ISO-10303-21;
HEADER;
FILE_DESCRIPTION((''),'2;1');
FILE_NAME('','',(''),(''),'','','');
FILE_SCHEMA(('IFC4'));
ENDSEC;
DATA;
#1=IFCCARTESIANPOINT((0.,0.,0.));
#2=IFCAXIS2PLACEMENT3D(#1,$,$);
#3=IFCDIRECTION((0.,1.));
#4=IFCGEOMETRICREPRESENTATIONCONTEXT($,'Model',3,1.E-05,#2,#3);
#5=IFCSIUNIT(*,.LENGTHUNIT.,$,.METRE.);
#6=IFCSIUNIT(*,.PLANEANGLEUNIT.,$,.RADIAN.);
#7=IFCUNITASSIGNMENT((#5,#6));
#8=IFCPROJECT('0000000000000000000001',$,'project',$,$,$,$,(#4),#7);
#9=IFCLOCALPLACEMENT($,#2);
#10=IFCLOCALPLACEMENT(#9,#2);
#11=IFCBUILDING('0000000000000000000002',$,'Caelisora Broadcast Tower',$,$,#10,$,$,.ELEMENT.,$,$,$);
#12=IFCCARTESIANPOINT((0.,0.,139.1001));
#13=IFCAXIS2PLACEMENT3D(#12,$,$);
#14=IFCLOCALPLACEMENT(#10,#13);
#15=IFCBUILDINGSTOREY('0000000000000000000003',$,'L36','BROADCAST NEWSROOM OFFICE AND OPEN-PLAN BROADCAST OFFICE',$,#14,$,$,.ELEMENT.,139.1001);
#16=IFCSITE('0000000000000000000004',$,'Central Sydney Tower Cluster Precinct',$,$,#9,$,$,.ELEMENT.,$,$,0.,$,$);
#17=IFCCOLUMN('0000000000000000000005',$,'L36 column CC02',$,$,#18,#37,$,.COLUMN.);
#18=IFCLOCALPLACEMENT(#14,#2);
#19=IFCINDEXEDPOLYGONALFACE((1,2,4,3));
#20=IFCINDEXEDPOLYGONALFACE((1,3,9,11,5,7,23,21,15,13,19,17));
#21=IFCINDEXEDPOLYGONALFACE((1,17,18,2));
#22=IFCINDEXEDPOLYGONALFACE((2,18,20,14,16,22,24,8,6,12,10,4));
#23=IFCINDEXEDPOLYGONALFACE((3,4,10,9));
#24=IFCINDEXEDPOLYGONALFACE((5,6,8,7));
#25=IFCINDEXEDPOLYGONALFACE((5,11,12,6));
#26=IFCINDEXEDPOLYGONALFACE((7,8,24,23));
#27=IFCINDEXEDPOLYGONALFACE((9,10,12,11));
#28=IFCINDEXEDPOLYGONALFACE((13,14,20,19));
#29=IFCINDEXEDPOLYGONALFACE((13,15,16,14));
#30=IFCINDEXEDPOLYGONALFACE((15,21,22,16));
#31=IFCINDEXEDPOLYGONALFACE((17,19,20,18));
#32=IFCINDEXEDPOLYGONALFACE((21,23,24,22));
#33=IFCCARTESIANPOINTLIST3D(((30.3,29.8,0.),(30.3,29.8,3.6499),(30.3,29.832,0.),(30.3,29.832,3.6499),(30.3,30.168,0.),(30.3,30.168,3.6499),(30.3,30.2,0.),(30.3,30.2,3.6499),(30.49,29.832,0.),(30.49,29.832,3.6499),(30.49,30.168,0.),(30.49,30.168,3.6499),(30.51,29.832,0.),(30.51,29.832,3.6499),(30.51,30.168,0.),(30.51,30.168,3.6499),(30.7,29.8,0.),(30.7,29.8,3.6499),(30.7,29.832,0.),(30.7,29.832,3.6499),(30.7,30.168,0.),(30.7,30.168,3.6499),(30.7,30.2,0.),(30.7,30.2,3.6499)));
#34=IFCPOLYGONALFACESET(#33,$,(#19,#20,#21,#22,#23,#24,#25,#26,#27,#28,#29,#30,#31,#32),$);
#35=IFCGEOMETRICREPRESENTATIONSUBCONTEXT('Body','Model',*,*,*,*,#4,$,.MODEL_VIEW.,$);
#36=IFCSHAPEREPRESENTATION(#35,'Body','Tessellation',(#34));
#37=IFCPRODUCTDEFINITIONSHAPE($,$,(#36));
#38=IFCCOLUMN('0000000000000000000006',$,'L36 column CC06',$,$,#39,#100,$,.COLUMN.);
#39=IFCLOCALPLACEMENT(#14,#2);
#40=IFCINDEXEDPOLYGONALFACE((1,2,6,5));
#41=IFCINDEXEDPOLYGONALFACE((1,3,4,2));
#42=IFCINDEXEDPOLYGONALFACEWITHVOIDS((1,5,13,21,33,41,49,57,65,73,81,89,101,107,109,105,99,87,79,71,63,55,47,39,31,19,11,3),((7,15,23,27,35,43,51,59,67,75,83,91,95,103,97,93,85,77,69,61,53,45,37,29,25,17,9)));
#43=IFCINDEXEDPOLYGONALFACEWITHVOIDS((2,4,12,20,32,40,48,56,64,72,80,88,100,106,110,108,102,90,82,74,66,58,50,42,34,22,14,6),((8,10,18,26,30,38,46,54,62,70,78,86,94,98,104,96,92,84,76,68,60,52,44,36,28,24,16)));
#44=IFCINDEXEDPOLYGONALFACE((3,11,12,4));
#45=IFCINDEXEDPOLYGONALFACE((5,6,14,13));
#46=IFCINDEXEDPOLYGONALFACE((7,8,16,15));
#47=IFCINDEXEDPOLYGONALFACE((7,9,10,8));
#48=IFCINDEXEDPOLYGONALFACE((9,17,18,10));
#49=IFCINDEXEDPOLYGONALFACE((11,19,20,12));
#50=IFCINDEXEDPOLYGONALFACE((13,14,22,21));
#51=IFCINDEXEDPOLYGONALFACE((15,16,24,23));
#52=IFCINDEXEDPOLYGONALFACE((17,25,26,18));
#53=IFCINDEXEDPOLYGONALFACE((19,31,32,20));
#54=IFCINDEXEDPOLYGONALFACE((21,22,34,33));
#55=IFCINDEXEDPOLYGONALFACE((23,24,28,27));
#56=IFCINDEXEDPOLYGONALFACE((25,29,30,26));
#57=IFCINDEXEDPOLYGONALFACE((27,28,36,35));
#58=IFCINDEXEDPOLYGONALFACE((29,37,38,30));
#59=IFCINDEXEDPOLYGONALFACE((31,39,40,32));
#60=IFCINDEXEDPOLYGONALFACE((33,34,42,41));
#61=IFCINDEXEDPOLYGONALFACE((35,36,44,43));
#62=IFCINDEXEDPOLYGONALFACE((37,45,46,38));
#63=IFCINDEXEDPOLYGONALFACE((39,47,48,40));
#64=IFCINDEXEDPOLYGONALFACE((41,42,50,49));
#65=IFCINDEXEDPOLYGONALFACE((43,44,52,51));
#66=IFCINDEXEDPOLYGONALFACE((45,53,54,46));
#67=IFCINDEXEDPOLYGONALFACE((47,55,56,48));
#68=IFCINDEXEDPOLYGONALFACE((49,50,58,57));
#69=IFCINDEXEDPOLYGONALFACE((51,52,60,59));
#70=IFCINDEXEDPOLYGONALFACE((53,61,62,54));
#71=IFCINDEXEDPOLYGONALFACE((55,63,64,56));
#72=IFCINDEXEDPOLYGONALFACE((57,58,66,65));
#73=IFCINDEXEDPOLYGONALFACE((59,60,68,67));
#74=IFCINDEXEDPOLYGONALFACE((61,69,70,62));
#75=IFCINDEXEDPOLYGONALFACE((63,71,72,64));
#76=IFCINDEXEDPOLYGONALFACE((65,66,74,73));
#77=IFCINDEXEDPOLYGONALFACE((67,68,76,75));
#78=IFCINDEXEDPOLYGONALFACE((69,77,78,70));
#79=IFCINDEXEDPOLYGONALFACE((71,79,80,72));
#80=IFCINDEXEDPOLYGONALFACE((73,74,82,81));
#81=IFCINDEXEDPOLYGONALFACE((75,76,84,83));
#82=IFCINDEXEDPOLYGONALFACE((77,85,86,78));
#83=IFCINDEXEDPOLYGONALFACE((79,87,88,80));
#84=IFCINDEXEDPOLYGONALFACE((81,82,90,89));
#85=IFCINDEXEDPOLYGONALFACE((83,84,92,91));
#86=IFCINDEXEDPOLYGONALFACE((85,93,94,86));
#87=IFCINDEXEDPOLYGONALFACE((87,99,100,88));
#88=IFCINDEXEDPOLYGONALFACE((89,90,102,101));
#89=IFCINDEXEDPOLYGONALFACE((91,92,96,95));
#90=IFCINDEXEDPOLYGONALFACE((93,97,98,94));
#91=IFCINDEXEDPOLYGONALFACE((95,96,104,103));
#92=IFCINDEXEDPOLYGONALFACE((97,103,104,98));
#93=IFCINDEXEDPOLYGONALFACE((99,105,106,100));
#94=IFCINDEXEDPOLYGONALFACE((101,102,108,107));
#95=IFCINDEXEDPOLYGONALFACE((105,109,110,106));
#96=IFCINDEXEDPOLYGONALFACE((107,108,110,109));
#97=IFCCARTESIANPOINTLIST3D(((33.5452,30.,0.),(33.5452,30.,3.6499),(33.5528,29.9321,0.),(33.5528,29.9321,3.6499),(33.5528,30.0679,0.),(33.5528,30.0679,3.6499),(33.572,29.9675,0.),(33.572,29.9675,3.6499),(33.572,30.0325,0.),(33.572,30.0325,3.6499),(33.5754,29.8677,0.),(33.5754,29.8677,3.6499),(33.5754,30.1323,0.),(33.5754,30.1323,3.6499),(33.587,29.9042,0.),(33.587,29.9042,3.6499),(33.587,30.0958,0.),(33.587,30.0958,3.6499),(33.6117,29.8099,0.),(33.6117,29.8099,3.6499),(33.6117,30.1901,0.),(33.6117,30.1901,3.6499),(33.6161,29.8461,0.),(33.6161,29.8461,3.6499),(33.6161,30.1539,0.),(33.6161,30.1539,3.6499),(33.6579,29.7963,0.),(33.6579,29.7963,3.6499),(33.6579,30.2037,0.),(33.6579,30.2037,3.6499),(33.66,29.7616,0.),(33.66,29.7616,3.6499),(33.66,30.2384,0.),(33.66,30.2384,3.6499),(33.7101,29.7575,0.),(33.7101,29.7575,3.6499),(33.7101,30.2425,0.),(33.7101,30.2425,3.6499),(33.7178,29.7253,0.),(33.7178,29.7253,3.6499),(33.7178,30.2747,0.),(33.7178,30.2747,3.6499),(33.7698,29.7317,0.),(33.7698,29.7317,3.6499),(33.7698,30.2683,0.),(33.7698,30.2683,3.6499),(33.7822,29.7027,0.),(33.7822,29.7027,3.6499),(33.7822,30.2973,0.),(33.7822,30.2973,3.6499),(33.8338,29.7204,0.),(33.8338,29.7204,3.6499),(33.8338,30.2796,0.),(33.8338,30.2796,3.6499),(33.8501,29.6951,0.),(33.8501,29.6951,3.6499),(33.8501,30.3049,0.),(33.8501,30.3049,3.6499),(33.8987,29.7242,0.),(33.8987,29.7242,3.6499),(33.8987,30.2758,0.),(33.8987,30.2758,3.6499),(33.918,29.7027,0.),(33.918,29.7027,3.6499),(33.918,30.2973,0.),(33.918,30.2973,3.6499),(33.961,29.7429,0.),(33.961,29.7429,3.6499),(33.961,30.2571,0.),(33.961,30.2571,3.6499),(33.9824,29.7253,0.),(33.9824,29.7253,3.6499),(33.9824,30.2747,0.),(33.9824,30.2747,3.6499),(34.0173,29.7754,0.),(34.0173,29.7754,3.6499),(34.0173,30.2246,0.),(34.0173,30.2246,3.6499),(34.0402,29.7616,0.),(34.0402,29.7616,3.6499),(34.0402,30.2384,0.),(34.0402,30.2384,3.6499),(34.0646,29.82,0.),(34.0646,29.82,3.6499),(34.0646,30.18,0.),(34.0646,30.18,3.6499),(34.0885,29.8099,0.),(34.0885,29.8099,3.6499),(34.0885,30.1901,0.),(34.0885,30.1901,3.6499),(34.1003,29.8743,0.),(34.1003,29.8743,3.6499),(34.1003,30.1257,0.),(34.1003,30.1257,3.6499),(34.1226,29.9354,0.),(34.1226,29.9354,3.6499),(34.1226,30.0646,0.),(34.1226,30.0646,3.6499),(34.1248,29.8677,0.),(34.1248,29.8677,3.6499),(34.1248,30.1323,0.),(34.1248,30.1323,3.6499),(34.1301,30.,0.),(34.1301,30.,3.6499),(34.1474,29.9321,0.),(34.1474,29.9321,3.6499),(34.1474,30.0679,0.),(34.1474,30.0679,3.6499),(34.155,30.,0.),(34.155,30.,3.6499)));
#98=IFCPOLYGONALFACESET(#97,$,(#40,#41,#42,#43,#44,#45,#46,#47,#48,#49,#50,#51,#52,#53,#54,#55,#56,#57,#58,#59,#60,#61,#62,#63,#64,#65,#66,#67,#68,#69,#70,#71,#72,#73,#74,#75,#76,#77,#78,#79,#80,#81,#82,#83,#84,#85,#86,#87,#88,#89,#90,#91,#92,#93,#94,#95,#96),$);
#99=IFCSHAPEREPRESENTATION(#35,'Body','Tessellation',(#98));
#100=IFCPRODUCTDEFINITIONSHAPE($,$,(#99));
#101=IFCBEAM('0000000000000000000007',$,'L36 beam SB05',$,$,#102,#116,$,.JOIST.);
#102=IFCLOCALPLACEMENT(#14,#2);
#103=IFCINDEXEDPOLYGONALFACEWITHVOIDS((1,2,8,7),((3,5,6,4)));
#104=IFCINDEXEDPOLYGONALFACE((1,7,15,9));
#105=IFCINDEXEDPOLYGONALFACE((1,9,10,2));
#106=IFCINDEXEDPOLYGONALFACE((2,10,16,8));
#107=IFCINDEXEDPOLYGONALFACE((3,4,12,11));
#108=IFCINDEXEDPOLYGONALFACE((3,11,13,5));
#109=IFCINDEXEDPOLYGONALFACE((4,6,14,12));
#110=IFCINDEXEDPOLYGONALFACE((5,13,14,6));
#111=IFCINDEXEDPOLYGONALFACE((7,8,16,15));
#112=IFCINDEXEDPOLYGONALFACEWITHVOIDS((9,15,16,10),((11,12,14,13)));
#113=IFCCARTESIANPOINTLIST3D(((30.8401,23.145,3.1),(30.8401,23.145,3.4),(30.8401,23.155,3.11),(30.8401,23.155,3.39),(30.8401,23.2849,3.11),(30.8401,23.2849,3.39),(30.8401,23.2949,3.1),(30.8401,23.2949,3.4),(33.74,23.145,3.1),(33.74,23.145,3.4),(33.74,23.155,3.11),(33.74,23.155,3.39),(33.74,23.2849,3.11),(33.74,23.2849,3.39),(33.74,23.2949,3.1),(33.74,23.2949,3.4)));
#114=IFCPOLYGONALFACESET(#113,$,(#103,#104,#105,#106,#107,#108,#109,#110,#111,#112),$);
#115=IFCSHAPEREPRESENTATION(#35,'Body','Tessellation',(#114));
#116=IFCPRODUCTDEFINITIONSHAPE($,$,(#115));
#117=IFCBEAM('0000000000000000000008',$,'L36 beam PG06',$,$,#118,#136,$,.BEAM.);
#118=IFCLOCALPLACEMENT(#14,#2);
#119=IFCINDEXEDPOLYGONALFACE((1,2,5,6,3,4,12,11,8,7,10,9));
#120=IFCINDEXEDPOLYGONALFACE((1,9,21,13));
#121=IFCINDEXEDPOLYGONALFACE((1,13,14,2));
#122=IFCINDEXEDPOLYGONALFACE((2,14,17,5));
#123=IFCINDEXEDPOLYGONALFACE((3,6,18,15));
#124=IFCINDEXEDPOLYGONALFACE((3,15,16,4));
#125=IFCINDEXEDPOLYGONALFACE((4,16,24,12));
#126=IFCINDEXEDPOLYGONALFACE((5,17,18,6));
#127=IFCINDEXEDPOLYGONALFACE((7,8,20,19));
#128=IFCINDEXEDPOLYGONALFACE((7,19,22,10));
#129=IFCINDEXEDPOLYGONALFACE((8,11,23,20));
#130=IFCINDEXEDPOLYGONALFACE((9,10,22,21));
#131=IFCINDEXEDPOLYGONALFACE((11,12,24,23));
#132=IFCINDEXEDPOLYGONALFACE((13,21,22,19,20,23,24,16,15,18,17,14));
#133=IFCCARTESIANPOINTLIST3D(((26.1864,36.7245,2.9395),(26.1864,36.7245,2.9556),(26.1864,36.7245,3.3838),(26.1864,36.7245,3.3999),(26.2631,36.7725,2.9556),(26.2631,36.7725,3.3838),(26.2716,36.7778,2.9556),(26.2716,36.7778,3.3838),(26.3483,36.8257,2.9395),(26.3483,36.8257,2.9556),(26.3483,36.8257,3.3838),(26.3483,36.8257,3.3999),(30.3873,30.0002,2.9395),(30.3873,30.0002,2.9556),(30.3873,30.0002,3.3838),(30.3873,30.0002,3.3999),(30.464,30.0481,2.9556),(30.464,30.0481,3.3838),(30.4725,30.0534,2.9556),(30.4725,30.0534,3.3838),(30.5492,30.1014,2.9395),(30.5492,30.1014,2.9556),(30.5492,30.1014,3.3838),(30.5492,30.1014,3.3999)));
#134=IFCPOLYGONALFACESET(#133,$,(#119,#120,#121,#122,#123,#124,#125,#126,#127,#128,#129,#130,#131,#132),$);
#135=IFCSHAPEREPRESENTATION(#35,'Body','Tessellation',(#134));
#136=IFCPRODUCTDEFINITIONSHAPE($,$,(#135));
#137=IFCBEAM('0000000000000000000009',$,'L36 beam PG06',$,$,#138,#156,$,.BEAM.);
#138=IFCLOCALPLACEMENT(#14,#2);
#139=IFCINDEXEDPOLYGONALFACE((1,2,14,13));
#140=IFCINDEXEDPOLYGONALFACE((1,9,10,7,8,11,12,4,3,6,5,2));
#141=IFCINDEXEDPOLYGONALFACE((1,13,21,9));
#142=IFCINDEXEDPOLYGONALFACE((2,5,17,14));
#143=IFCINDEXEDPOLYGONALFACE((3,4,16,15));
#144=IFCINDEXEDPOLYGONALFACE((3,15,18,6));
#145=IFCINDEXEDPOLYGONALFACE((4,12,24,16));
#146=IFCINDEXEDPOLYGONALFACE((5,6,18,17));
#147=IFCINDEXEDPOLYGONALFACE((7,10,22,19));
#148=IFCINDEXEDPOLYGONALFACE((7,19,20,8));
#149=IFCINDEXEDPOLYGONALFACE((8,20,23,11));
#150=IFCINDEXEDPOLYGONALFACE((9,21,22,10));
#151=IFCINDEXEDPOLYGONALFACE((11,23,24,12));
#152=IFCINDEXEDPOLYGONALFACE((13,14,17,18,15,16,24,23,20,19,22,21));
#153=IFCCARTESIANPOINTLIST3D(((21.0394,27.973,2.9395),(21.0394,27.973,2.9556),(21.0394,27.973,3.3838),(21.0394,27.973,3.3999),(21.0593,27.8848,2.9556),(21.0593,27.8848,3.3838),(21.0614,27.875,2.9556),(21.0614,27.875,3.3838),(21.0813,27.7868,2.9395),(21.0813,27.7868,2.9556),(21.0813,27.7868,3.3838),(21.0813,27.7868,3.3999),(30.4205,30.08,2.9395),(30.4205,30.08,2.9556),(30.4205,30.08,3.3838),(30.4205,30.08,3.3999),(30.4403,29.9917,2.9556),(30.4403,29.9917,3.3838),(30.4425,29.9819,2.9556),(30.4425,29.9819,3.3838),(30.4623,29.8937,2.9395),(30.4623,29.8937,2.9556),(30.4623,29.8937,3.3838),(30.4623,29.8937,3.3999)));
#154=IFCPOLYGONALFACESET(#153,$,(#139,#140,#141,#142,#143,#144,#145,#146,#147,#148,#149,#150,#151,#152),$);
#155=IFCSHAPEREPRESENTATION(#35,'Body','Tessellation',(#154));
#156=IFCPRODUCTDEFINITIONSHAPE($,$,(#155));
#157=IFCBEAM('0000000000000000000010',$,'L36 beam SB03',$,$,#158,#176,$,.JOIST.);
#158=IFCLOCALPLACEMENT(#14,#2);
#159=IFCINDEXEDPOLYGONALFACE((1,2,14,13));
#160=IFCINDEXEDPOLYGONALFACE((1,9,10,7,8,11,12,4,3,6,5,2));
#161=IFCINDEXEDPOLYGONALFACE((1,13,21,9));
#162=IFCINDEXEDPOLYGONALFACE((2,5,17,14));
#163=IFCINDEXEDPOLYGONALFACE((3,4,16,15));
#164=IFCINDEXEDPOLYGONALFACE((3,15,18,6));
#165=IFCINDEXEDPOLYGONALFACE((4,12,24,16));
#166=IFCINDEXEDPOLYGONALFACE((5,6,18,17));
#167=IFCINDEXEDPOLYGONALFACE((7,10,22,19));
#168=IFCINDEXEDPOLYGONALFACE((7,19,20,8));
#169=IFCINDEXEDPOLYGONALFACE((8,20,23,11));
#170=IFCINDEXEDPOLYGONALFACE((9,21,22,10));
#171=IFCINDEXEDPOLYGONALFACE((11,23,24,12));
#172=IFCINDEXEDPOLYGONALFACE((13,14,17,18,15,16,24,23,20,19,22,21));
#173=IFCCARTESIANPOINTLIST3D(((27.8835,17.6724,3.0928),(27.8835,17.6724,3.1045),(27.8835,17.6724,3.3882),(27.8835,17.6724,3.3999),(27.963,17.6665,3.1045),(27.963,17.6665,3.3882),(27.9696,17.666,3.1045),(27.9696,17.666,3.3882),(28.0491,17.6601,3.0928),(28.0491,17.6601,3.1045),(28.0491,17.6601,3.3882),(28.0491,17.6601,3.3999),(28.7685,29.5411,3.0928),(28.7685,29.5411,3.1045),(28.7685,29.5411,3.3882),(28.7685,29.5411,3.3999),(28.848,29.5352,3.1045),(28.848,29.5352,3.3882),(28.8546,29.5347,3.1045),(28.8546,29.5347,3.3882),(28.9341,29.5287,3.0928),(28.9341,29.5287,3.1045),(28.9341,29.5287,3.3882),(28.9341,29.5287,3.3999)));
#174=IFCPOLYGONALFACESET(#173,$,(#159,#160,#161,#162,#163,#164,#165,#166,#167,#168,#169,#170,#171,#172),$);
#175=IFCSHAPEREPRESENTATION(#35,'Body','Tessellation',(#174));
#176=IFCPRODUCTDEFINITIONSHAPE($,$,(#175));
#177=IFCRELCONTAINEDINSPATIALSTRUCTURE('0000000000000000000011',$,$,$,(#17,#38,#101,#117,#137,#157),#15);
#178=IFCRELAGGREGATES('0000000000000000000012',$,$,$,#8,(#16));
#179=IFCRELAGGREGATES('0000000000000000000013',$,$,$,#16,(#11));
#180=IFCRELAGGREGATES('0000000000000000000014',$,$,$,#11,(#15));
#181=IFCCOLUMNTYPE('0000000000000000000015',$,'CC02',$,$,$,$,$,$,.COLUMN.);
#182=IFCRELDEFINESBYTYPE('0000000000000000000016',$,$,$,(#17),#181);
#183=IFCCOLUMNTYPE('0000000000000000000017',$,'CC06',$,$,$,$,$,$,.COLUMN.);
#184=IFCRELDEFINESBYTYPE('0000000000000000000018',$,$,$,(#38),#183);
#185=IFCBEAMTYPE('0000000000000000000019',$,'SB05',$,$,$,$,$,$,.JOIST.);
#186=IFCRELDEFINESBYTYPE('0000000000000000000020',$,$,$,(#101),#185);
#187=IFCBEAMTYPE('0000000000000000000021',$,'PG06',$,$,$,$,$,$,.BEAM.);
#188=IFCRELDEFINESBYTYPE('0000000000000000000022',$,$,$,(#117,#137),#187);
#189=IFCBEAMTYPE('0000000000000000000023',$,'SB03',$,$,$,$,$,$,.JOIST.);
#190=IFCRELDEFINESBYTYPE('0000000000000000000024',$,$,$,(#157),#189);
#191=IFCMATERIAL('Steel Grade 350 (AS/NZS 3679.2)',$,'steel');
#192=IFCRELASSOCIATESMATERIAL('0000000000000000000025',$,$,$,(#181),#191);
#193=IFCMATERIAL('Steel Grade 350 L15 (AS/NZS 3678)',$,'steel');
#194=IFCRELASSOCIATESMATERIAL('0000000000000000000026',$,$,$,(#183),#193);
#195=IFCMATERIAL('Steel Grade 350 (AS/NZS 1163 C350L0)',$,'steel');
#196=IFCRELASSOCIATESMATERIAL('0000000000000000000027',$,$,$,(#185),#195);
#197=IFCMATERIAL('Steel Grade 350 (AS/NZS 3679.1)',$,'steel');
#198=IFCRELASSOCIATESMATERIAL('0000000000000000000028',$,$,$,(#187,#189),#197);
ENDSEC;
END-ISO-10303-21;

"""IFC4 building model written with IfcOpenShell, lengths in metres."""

from ifc_helpers import new_model, si_unit, direction, frame, origin, origin_2d, place, context, subcontext, project, spatial, hollow_rectangle, hollow_circle, i_section, extrude, source, transform, mapped, material, material_profile, profile_set, type_object, type_shapes, element, save


model = new_model("IFC4")

# Units and contexts
model_context = context("Model", 3, precision=1e-05, world=origin(), true_north=direction((0.0, 1.0)))
body_context = subcontext(model_context, "Body", "Model", "MODEL_VIEW")
ifc_project = project(units=[si_unit("LENGTHUNIT", "METRE"), si_unit("PLANEANGLEUNIT", "RADIAN")], contexts=[model_context])

# Site, building, storey
site_placement = place(None, origin())
site = spatial("IfcSite", under=ifc_project, at=site_placement, Name="Central Sydney Tower Cluster Precinct", CompositionType="ELEMENT", RefElevation=0.0)
building_placement = place(site_placement, origin())
building = spatial("IfcBuilding", under=site, at=building_placement, Name="Caelisora Broadcast Tower", CompositionType="ELEMENT")
storey_placement = place(building_placement, frame((0.0, 0.0, 139.1001)))
storey = spatial("IfcBuildingStorey", under=building, at=storey_placement, Name="L36", Description="BROADCAST NEWSROOM OFFICE AND OPEN-PLAN BROADCAST OFFICE", CompositionType="ELEMENT", Elevation=139.1001)

# Columns
ifc_material_1 = material(Name="Steel Grade 350 (AS/NZS 3679.2)", Category="steel")
ifc_material_profile_1 = material_profile(ifc_material_1, i_section(OverallWidth=0.3999, OverallDepth=0.3999, WebThickness=0.02, FlangeThickness=0.032, at=origin_2d()), Name="Steel Grade 350 (AS/NZS 3679.2)")
ifc_profile_set_1 = profile_set([ifc_material_profile_1], Name="Steel Grade 350 (AS/NZS 3679.2)")
column_type_1 = type_object("IfcColumnType", Name="CC02", PredefinedType="COLUMN", material=ifc_profile_set_1)
shared_shape_1 = source(origin(), body_context, "Body", "SweptSolid", [
    extrude(i_section(OverallWidth=0.3999, OverallDepth=0.3999, WebThickness=0.02, FlangeThickness=0.032, at=origin_2d()), origin(), (0.0, 0.0, 1.0), 3.6499),
])
type_shapes(column_type_1, [shared_shape_1])
column_1_placement = place(storey_placement, frame((30.5, 30.0, 0.0), z_axis=(0.0, 0.0, 1.0), x_axis=(1.0, 0.0, 0.0)))
element("IfcColumn", 1, at=column_1_placement, inside=storey, type_object=column_type_1, Name="L36 column CC02", PredefinedType="COLUMN", context=body_context, shape_type="MappedRepresentation", body=[
    mapped(shared_shape_1, transform((0.0, 0.0, 0.0), scale=1.0)),
])
ifc_material_2 = material(Name="Steel Grade 350 L15 (AS/NZS 3678)", Category="steel")
ifc_material_profile_2 = material_profile(ifc_material_2, hollow_circle(Radius=0.3049, WallThickness=0.0249, at=origin_2d()), Name="Steel Grade 350 L15 (AS/NZS 3678)")
ifc_profile_set_2 = profile_set([ifc_material_profile_2], Name="Steel Grade 350 L15 (AS/NZS 3678)")
column_type_2 = type_object("IfcColumnType", Name="CC06", PredefinedType="COLUMN", material=ifc_profile_set_2)
shared_shape_2 = source(origin(), body_context, "Body", "SweptSolid", [
    extrude(hollow_circle(Radius=0.3049, WallThickness=0.0249, at=origin_2d()), origin(), (0.0, 0.0, 1.0), 3.6499),
])
type_shapes(column_type_2, [shared_shape_2])
column_2_placement = place(storey_placement, frame((33.8501, 30.0, 0.0), z_axis=(0.0, 0.0, 1.0), x_axis=(1.0, 0.0, 0.0)))
element("IfcColumn", 2, at=column_2_placement, inside=storey, type_object=column_type_2, Name="L36 column CC06", PredefinedType="COLUMN", context=body_context, shape_type="MappedRepresentation", body=[
    mapped(shared_shape_2, transform((0.0, 0.0, 0.0), scale=1.0)),
])

# Beams
ifc_material_3 = material(Name="Steel Grade 350 (AS/NZS 1163 C350L0)", Category="steel")
ifc_material_profile_3 = material_profile(ifc_material_3, hollow_rectangle(XDim=0.1499, YDim=0.3, WallThickness=0.01, at=origin_2d()), Name="Steel Grade 350 (AS/NZS 1163 C350L0)")
ifc_profile_set_3 = profile_set([ifc_material_profile_3], Name="Steel Grade 350 (AS/NZS 1163 C350L0)")
beam_type_1 = type_object("IfcBeamType", Name="SB05", PredefinedType="JOIST", material=ifc_profile_set_3)
shared_shape_3 = source(origin(), body_context, "Body", "SweptSolid", [
    extrude(hollow_rectangle(XDim=0.1499, YDim=0.3, WallThickness=0.01, at=origin_2d()), origin(), (0.0, 0.0, 1.0), 2.8999),
])
type_shapes(beam_type_1, [shared_shape_3])
beam_1_placement = place(storey_placement, frame((30.8401, 23.22, 3.25), z_axis=(1.0, 0.0, 0.0), x_axis=(0.0, 1.0, 0.0)))
element("IfcBeam", 3, at=beam_1_placement, inside=storey, type_object=beam_type_1, Name="L36 beam SB05", PredefinedType="JOIST", context=body_context, shape_type="MappedRepresentation", body=[
    mapped(shared_shape_3, transform((0.0, 0.0, 0.0), scale=1.0)),
])
ifc_material_4 = material(Name="Steel Grade 350 (AS/NZS 3679.1)", Category="steel")
ifc_material_profile_4 = material_profile(ifc_material_4, i_section(OverallWidth=0.1909, OverallDepth=0.4604, WebThickness=0.01, FlangeThickness=0.0161, at=origin_2d()), Name="Steel Grade 350 (AS/NZS 3679.1)")
ifc_profile_set_4 = profile_set([ifc_material_profile_4], Name="Steel Grade 350 (AS/NZS 3679.1)")
beam_type_2 = type_object("IfcBeamType", Name="PG06", PredefinedType="BEAM", material=ifc_profile_set_4)
shared_shape_4 = source(origin(), body_context, "Body", "SweptSolid", [
    extrude(i_section(OverallWidth=0.1909, OverallDepth=0.4604, WebThickness=0.01, FlangeThickness=0.0161, at=origin_2d()), origin(), (0.0, 0.0, 1.0), 7.9287),
])
beam_2_placement = place(storey_placement, frame((30.4683, 30.0508, 3.1697), z_axis=(-0.529836, 0.8481, 0.0), x_axis=(-0.8481, -0.529836, 0.0)))
element("IfcBeam", 4, at=beam_2_placement, inside=storey, type_object=beam_type_2, Name="L36 beam PG06", PredefinedType="BEAM", context=body_context, shape_type="MappedRepresentation", body=[
    mapped(shared_shape_4, transform((0.0, 0.0, 0.0), scale=1.0)),
])
shared_shape_5 = source(origin(), body_context, "Body", "SweptSolid", [
    extrude(i_section(OverallWidth=0.1909, OverallDepth=0.4604, WebThickness=0.01, FlangeThickness=0.0161, at=origin_2d()), origin(), (0.0, 0.0, 1.0), 9.6147),
])
type_shapes(beam_type_2, [shared_shape_4, shared_shape_5])
beam_3_placement = place(storey_placement, frame((30.4414, 29.9868, 3.1697), z_axis=(-0.975695, -0.219135, 0.0), x_axis=(0.219135, -0.975695, 0.0)))
element("IfcBeam", 5, at=beam_3_placement, inside=storey, type_object=beam_type_2, Name="L36 beam PG06", PredefinedType="BEAM", context=body_context, shape_type="MappedRepresentation", body=[
    mapped(shared_shape_5, transform((0.0, 0.0, 0.0), scale=1.0)),
])
ifc_material_profile_5 = material_profile(ifc_material_4, i_section(OverallWidth=0.166, OverallDepth=0.3071, WebThickness=0.0066, FlangeThickness=0.0117, at=origin_2d()), Name="Steel Grade 350 (AS/NZS 3679.1)")
ifc_profile_set_5 = profile_set([ifc_material_profile_5], Name="Steel Grade 350 (AS/NZS 3679.1)")
beam_type_3 = type_object("IfcBeamType", Name="SB03", PredefinedType="JOIST", material=ifc_profile_set_5)
shared_shape_6 = source(origin(), body_context, "Body", "SweptSolid", [
    extrude(i_section(OverallWidth=0.166, OverallDepth=0.3071, WebThickness=0.0066, FlangeThickness=0.0117, at=origin_2d()), origin(), (0.0, 0.0, 1.0), 11.9016),
])
beam_4_placement = place(storey_placement, frame((28.8513, 29.5349, 3.2463), z_axis=(-0.074361, -0.997231, 0.0), x_axis=(0.997231, -0.074361, 0.0)))
element("IfcBeam", 6, at=beam_4_placement, inside=storey, type_object=beam_type_3, Name="L36 beam SB03", PredefinedType="JOIST", context=body_context, shape_type="MappedRepresentation", body=[
    mapped(shared_shape_6, transform((0.0, 0.0, 0.0), scale=1.0)),
])

save(model, "model.ifc")
